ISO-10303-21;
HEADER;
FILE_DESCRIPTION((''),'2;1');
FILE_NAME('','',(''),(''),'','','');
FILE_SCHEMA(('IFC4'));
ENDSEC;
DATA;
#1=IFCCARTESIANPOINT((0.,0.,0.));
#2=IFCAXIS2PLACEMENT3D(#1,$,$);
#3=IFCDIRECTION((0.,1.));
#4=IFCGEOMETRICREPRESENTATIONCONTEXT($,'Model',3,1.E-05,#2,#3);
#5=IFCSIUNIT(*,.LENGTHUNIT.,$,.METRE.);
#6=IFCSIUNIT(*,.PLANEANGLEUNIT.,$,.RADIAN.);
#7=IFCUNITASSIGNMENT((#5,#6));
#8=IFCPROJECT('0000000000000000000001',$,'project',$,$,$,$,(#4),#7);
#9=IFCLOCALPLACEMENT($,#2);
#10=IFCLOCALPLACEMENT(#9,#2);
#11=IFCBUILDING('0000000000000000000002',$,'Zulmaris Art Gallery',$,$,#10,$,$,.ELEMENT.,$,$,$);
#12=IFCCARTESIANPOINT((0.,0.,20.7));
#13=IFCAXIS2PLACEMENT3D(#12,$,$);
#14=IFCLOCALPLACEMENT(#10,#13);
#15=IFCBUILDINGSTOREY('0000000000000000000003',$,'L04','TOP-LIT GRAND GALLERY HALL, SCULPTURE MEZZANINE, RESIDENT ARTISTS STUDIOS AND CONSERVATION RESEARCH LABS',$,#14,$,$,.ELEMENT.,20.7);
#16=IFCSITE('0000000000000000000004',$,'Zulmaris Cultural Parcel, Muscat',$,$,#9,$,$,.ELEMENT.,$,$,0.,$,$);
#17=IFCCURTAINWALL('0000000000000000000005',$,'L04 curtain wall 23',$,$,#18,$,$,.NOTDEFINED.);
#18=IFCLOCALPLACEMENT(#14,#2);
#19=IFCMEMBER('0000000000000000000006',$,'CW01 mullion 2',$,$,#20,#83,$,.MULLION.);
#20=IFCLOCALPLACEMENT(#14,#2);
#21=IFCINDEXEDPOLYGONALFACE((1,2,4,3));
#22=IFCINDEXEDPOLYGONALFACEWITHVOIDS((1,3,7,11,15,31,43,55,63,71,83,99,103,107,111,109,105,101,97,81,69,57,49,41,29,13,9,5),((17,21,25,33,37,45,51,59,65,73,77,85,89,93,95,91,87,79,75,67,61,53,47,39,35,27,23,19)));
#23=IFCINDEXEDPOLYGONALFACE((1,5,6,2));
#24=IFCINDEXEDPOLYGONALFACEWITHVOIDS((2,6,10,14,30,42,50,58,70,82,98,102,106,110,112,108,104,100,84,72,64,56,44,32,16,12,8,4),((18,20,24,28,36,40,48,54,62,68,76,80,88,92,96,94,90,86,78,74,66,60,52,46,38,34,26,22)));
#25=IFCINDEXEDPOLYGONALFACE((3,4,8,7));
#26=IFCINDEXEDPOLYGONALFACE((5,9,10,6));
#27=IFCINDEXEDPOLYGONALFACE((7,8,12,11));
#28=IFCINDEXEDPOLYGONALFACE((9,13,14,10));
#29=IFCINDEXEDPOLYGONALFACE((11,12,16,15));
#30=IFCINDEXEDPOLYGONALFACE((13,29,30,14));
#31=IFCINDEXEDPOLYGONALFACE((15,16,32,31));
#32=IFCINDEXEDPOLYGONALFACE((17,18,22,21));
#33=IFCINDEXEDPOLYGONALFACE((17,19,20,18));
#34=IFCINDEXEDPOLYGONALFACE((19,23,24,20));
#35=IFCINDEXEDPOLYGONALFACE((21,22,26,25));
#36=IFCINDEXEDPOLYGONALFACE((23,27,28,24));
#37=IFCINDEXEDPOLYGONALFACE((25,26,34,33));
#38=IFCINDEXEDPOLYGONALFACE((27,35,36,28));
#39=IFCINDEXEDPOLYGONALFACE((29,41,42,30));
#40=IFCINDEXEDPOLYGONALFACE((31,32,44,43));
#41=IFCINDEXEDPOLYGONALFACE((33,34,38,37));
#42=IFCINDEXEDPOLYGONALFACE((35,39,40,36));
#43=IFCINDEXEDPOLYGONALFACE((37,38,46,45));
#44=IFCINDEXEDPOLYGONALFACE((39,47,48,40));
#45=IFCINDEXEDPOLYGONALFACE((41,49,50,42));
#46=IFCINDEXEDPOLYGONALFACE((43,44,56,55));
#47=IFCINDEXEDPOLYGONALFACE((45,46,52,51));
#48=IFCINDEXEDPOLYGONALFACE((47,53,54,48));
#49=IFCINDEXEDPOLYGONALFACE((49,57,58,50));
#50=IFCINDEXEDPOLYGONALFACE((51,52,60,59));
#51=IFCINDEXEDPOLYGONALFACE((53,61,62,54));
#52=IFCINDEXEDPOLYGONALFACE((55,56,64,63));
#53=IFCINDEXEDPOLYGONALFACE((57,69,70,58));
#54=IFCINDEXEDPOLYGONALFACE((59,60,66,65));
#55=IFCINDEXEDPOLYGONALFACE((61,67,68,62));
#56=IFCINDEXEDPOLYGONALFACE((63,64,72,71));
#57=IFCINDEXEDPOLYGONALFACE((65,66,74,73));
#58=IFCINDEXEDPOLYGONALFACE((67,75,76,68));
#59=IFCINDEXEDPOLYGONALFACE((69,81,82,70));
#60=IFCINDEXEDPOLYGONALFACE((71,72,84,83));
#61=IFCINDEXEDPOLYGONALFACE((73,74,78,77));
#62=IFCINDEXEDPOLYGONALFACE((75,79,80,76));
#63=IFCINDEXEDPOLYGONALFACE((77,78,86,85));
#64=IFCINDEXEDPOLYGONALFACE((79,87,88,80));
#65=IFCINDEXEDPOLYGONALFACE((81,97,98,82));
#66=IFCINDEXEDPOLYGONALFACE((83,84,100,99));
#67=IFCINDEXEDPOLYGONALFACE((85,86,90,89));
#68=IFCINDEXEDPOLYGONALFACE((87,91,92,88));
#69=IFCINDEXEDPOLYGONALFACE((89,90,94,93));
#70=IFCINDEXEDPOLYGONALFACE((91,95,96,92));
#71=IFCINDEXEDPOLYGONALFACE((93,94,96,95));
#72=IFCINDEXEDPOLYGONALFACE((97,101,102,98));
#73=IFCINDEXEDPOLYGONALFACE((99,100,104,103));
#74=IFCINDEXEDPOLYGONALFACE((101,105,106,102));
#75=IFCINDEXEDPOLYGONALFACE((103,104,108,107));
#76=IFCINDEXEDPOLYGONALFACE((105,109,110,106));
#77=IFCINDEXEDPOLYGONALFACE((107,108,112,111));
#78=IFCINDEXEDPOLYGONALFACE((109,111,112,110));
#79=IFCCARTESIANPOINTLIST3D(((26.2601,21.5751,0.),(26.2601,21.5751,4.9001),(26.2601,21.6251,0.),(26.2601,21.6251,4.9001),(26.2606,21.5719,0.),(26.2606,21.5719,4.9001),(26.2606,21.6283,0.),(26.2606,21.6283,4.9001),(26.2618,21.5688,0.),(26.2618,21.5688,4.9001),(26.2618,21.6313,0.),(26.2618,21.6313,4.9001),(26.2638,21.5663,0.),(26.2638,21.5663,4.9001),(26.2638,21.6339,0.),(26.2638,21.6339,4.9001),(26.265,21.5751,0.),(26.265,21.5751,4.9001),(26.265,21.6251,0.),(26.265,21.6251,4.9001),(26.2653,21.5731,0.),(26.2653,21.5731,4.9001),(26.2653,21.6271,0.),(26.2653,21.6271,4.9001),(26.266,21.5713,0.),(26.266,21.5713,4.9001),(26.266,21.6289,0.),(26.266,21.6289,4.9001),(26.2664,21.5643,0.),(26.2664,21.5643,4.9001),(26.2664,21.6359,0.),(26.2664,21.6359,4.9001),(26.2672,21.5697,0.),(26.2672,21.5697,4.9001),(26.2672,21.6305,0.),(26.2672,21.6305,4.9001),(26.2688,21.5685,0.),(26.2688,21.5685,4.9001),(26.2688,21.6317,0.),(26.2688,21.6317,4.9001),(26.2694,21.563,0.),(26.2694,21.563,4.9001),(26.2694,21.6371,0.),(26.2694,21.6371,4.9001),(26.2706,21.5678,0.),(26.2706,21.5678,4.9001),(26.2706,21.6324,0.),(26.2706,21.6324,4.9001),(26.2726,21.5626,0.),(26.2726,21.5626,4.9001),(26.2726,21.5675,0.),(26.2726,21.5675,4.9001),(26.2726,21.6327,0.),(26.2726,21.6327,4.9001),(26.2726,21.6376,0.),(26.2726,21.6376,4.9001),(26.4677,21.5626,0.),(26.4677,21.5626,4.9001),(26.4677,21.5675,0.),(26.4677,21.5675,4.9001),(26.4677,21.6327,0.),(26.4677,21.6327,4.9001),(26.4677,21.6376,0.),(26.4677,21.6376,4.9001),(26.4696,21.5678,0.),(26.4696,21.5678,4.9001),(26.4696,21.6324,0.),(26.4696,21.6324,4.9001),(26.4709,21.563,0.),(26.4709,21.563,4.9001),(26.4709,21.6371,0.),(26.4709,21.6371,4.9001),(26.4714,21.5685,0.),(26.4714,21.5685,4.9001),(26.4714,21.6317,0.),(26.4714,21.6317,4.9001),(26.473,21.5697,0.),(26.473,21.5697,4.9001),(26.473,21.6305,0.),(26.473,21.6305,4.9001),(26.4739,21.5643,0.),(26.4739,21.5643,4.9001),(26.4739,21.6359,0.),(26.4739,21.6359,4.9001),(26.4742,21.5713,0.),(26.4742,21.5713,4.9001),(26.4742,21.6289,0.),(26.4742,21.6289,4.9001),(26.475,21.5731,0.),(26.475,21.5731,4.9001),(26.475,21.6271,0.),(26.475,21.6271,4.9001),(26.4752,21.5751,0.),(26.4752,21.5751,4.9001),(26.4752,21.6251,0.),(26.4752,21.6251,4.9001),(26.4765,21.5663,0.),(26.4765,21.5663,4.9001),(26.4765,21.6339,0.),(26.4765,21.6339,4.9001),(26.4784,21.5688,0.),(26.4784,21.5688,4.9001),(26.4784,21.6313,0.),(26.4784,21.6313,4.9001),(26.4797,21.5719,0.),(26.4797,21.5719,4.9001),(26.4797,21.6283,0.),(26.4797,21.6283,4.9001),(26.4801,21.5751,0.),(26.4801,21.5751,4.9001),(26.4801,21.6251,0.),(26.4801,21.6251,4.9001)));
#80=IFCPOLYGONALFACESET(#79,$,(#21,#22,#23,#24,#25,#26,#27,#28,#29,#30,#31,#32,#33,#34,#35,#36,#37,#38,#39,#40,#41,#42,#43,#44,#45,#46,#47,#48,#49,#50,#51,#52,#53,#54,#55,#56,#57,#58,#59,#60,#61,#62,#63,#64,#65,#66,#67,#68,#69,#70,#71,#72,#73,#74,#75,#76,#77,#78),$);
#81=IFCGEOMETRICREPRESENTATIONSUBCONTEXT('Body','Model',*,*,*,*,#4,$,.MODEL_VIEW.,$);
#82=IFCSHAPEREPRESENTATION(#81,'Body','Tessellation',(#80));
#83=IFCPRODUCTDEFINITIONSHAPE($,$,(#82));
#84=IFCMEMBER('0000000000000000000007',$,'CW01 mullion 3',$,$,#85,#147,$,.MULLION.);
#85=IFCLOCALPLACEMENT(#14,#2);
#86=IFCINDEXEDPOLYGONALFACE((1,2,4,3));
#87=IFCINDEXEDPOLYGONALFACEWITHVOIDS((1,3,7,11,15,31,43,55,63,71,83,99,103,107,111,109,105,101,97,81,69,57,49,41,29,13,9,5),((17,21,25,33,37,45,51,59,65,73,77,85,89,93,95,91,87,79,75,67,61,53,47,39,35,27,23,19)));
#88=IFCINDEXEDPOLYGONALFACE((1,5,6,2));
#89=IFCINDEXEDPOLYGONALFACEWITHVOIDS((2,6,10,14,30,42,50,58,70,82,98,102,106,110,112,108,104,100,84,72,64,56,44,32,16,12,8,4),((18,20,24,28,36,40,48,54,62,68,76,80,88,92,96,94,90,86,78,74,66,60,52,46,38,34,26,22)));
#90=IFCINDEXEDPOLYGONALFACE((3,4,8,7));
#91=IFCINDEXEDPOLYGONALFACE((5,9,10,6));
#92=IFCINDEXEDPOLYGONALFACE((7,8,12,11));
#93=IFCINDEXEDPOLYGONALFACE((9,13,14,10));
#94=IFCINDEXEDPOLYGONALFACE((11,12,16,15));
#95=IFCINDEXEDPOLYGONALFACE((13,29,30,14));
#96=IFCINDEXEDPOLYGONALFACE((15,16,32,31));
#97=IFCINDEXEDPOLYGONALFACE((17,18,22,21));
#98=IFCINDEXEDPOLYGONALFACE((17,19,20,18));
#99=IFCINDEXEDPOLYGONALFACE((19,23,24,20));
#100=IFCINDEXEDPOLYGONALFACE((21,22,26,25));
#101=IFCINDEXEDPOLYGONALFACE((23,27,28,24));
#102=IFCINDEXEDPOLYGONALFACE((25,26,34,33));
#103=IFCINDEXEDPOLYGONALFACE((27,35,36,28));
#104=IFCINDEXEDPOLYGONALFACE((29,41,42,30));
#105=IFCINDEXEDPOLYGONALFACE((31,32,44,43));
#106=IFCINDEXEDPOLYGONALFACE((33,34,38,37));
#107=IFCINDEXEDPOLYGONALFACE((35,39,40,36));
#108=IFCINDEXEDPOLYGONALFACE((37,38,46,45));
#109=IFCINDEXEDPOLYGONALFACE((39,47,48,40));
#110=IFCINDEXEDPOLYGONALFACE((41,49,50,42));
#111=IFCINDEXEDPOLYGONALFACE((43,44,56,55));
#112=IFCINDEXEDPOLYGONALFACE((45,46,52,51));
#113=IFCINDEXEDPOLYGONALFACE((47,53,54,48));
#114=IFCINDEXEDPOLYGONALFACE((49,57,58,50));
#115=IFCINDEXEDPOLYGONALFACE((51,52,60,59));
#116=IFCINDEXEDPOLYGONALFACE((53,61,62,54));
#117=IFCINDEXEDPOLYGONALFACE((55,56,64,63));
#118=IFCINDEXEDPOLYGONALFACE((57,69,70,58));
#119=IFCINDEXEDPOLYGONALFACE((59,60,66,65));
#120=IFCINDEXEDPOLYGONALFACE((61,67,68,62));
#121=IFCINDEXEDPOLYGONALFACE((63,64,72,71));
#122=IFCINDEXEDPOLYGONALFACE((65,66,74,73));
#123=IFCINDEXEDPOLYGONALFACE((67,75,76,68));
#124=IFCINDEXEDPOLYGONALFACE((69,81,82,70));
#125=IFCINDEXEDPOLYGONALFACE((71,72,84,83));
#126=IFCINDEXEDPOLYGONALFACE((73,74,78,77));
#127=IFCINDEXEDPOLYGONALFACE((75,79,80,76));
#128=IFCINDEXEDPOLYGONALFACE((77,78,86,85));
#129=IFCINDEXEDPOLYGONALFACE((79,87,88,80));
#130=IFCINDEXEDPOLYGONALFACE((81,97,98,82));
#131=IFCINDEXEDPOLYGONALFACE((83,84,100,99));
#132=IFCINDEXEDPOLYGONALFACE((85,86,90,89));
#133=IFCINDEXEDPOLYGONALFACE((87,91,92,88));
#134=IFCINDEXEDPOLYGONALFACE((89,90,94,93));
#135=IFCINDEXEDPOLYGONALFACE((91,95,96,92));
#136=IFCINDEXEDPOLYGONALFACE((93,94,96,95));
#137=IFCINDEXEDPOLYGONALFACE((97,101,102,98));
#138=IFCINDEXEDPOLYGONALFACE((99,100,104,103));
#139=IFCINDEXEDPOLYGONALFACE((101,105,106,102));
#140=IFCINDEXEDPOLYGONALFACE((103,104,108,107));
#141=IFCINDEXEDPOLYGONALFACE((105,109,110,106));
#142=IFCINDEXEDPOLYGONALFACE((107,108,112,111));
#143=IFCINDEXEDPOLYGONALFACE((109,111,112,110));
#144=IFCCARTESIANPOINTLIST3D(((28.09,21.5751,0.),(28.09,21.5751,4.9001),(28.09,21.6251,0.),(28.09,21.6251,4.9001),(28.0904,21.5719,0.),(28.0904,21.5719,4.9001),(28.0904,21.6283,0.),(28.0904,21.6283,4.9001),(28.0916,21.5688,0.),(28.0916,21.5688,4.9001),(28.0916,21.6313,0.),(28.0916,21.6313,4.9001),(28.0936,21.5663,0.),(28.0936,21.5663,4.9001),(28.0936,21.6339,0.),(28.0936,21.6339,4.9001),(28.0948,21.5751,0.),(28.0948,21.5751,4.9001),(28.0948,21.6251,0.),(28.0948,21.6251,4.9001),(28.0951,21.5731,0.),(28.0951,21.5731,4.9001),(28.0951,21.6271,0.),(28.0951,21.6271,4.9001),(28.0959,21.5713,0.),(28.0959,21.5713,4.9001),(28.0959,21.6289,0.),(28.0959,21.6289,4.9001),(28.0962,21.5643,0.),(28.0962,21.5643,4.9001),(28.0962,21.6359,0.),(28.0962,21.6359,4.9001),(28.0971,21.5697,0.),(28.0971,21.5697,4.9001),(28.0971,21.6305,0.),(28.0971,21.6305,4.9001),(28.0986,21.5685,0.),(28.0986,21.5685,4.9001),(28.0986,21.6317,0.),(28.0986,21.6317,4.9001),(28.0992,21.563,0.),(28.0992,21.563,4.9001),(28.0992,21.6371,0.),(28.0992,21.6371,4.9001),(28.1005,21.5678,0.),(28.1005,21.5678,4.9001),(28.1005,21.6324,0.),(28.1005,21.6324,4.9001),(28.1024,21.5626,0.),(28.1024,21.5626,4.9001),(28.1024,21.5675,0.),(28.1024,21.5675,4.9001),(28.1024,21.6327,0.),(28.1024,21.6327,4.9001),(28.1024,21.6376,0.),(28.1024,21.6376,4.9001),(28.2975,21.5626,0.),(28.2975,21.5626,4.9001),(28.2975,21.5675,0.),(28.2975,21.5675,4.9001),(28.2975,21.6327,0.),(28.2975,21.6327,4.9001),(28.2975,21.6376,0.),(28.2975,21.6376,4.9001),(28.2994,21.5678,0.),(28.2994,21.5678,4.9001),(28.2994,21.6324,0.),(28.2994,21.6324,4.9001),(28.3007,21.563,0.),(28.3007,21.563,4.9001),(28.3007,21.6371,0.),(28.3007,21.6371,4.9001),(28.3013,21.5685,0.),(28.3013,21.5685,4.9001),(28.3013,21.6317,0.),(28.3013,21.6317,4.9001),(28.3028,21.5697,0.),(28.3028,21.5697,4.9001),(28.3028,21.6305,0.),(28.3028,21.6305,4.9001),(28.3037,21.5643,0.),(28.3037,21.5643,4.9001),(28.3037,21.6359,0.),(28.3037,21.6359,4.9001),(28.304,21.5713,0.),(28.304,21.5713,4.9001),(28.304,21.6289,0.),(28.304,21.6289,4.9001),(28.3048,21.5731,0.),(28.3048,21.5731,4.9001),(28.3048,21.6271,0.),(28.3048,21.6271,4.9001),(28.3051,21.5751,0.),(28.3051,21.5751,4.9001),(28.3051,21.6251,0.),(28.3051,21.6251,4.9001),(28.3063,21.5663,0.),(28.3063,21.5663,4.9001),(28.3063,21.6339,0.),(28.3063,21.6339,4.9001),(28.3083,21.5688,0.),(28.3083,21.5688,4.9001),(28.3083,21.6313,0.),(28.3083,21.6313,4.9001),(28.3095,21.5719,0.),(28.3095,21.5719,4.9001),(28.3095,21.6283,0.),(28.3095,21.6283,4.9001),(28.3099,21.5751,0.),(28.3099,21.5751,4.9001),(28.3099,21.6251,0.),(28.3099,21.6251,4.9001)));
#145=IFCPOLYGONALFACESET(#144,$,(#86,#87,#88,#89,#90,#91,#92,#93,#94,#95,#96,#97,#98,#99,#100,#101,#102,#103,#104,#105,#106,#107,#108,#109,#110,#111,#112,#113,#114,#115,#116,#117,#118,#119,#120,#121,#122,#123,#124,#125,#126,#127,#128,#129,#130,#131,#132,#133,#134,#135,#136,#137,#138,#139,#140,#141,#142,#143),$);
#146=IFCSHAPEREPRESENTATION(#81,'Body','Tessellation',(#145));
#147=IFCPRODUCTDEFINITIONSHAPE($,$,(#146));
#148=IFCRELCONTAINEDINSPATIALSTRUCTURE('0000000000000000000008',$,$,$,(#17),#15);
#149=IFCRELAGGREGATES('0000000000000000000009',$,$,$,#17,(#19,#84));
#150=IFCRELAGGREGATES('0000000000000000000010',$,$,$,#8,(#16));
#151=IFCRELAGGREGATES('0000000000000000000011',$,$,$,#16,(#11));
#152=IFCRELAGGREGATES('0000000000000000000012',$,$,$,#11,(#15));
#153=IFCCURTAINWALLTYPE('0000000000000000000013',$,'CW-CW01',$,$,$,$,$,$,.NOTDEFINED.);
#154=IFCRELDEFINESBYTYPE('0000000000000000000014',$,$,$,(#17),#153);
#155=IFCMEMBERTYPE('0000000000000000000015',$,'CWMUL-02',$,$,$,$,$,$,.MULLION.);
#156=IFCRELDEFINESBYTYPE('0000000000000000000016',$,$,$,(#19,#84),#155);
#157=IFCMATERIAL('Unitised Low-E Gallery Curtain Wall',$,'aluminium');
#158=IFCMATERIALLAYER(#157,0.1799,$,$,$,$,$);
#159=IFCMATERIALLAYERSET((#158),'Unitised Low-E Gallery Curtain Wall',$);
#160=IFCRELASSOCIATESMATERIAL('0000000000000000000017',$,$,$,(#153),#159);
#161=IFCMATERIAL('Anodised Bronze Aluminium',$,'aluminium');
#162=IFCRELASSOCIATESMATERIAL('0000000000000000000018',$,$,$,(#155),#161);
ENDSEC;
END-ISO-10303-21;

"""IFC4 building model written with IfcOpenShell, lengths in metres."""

from ifc_helpers import new_model, si_unit, direction, frame, origin, origin_2d, place, context, subcontext, project, spatial, hollow_rectangle, extrude, material, layer, layer_set, material_profile, profile_set, type_object, element, aggregate, save


model = new_model("IFC4")

# Units and contexts
model_context = context("Model", 3, precision=1e-05, world=origin(), true_north=direction((0.0, 1.0)))
body_context = subcontext(model_context, "Body", "Model", "MODEL_VIEW")
ifc_project = project(units=[si_unit("LENGTHUNIT", "METRE"), si_unit("PLANEANGLEUNIT", "RADIAN")], contexts=[model_context])

# Site, building, storey
site_placement = place(None, origin())
site = spatial("IfcSite", under=ifc_project, at=site_placement, Name="Zulmaris Cultural Parcel, Muscat", CompositionType="ELEMENT", RefElevation=0.0)
building_placement = place(site_placement, origin())
building = spatial("IfcBuilding", under=site, at=building_placement, Name="Zulmaris Art Gallery", CompositionType="ELEMENT")
storey_placement = place(building_placement, frame((0.0, 0.0, 20.7)))
storey = spatial("IfcBuildingStorey", under=building, at=storey_placement, Name="L04", Description="TOP-LIT GRAND GALLERY HALL, SCULPTURE MEZZANINE, RESIDENT ARTISTS STUDIOS AND CONSERVATION RESEARCH LABS", CompositionType="ELEMENT", Elevation=20.7)

# Curtain wall, members
ifc_material_1 = material(Name="Unitised Low-E Gallery Curtain Wall", Category="aluminium")
ifc_layer_1 = layer(ifc_material_1, 0.1799)
ifc_layer_set_1 = layer_set([ifc_layer_1], Name="Unitised Low-E Gallery Curtain Wall")
curtain_wall_type_1 = type_object("IfcCurtainWallType", Name="CW-CW01", PredefinedType="NOTDEFINED", material=ifc_layer_set_1)
curtain_wall_1_placement = place(storey_placement, origin())
curtain_wall_1 = element("IfcCurtainWall", 1, at=curtain_wall_1_placement, inside=storey, type_object=curtain_wall_type_1, Name="L04 curtain wall 23", PredefinedType="NOTDEFINED")
ifc_material_2 = material(Name="Anodised Bronze Aluminium", Category="aluminium")
ifc_material_profile_1 = material_profile(ifc_material_2, hollow_rectangle(XDim=0.075, YDim=0.22, WallThickness=0.0049, InnerFilletRadius=0.0076, OuterFilletRadius=0.0125, at=origin_2d()), Name="ALU 75x220x5")
ifc_profile_set_1 = profile_set([ifc_material_profile_1], Name="Anodised Bronze Aluminium")
member_type_1 = type_object("IfcMemberType", Name="CWMUL-02", PredefinedType="MULLION", material=ifc_profile_set_1)
member_1_placement = place(storey_placement, frame((26.3701, 21.6001, 0.0), z_axis=(0.0, 0.0, 1.0), x_axis=(0.0, 1.0, 0.0)))
member_1 = element("IfcMember", 2, at=member_1_placement, type_object=member_type_1, Name="CW01 mullion 2", PredefinedType="MULLION", context=body_context, shape_type="SweptSolid", body=[
    extrude(hollow_rectangle(XDim=0.075, YDim=0.22, WallThickness=0.0049, InnerFilletRadius=0.0076, OuterFilletRadius=0.0125, at=origin_2d()), origin(), (0.0, 0.0, 1.0), 4.9001),
])
member_2_placement = place(storey_placement, frame((28.2, 21.6001, 0.0), z_axis=(0.0, 0.0, 1.0), x_axis=(0.0, 1.0, 0.0)))
member_2 = element("IfcMember", 3, at=member_2_placement, type_object=member_type_1, Name="CW01 mullion 3", PredefinedType="MULLION", context=body_context, shape_type="SweptSolid", body=[
    extrude(hollow_rectangle(XDim=0.075, YDim=0.22, WallThickness=0.0049, InnerFilletRadius=0.0076, OuterFilletRadius=0.0125, at=origin_2d()), origin(), (0.0, 0.0, 1.0), 4.9001),
])

aggregate(curtain_wall_1, [member_1, member_2])

save(model, "model.ifc")
